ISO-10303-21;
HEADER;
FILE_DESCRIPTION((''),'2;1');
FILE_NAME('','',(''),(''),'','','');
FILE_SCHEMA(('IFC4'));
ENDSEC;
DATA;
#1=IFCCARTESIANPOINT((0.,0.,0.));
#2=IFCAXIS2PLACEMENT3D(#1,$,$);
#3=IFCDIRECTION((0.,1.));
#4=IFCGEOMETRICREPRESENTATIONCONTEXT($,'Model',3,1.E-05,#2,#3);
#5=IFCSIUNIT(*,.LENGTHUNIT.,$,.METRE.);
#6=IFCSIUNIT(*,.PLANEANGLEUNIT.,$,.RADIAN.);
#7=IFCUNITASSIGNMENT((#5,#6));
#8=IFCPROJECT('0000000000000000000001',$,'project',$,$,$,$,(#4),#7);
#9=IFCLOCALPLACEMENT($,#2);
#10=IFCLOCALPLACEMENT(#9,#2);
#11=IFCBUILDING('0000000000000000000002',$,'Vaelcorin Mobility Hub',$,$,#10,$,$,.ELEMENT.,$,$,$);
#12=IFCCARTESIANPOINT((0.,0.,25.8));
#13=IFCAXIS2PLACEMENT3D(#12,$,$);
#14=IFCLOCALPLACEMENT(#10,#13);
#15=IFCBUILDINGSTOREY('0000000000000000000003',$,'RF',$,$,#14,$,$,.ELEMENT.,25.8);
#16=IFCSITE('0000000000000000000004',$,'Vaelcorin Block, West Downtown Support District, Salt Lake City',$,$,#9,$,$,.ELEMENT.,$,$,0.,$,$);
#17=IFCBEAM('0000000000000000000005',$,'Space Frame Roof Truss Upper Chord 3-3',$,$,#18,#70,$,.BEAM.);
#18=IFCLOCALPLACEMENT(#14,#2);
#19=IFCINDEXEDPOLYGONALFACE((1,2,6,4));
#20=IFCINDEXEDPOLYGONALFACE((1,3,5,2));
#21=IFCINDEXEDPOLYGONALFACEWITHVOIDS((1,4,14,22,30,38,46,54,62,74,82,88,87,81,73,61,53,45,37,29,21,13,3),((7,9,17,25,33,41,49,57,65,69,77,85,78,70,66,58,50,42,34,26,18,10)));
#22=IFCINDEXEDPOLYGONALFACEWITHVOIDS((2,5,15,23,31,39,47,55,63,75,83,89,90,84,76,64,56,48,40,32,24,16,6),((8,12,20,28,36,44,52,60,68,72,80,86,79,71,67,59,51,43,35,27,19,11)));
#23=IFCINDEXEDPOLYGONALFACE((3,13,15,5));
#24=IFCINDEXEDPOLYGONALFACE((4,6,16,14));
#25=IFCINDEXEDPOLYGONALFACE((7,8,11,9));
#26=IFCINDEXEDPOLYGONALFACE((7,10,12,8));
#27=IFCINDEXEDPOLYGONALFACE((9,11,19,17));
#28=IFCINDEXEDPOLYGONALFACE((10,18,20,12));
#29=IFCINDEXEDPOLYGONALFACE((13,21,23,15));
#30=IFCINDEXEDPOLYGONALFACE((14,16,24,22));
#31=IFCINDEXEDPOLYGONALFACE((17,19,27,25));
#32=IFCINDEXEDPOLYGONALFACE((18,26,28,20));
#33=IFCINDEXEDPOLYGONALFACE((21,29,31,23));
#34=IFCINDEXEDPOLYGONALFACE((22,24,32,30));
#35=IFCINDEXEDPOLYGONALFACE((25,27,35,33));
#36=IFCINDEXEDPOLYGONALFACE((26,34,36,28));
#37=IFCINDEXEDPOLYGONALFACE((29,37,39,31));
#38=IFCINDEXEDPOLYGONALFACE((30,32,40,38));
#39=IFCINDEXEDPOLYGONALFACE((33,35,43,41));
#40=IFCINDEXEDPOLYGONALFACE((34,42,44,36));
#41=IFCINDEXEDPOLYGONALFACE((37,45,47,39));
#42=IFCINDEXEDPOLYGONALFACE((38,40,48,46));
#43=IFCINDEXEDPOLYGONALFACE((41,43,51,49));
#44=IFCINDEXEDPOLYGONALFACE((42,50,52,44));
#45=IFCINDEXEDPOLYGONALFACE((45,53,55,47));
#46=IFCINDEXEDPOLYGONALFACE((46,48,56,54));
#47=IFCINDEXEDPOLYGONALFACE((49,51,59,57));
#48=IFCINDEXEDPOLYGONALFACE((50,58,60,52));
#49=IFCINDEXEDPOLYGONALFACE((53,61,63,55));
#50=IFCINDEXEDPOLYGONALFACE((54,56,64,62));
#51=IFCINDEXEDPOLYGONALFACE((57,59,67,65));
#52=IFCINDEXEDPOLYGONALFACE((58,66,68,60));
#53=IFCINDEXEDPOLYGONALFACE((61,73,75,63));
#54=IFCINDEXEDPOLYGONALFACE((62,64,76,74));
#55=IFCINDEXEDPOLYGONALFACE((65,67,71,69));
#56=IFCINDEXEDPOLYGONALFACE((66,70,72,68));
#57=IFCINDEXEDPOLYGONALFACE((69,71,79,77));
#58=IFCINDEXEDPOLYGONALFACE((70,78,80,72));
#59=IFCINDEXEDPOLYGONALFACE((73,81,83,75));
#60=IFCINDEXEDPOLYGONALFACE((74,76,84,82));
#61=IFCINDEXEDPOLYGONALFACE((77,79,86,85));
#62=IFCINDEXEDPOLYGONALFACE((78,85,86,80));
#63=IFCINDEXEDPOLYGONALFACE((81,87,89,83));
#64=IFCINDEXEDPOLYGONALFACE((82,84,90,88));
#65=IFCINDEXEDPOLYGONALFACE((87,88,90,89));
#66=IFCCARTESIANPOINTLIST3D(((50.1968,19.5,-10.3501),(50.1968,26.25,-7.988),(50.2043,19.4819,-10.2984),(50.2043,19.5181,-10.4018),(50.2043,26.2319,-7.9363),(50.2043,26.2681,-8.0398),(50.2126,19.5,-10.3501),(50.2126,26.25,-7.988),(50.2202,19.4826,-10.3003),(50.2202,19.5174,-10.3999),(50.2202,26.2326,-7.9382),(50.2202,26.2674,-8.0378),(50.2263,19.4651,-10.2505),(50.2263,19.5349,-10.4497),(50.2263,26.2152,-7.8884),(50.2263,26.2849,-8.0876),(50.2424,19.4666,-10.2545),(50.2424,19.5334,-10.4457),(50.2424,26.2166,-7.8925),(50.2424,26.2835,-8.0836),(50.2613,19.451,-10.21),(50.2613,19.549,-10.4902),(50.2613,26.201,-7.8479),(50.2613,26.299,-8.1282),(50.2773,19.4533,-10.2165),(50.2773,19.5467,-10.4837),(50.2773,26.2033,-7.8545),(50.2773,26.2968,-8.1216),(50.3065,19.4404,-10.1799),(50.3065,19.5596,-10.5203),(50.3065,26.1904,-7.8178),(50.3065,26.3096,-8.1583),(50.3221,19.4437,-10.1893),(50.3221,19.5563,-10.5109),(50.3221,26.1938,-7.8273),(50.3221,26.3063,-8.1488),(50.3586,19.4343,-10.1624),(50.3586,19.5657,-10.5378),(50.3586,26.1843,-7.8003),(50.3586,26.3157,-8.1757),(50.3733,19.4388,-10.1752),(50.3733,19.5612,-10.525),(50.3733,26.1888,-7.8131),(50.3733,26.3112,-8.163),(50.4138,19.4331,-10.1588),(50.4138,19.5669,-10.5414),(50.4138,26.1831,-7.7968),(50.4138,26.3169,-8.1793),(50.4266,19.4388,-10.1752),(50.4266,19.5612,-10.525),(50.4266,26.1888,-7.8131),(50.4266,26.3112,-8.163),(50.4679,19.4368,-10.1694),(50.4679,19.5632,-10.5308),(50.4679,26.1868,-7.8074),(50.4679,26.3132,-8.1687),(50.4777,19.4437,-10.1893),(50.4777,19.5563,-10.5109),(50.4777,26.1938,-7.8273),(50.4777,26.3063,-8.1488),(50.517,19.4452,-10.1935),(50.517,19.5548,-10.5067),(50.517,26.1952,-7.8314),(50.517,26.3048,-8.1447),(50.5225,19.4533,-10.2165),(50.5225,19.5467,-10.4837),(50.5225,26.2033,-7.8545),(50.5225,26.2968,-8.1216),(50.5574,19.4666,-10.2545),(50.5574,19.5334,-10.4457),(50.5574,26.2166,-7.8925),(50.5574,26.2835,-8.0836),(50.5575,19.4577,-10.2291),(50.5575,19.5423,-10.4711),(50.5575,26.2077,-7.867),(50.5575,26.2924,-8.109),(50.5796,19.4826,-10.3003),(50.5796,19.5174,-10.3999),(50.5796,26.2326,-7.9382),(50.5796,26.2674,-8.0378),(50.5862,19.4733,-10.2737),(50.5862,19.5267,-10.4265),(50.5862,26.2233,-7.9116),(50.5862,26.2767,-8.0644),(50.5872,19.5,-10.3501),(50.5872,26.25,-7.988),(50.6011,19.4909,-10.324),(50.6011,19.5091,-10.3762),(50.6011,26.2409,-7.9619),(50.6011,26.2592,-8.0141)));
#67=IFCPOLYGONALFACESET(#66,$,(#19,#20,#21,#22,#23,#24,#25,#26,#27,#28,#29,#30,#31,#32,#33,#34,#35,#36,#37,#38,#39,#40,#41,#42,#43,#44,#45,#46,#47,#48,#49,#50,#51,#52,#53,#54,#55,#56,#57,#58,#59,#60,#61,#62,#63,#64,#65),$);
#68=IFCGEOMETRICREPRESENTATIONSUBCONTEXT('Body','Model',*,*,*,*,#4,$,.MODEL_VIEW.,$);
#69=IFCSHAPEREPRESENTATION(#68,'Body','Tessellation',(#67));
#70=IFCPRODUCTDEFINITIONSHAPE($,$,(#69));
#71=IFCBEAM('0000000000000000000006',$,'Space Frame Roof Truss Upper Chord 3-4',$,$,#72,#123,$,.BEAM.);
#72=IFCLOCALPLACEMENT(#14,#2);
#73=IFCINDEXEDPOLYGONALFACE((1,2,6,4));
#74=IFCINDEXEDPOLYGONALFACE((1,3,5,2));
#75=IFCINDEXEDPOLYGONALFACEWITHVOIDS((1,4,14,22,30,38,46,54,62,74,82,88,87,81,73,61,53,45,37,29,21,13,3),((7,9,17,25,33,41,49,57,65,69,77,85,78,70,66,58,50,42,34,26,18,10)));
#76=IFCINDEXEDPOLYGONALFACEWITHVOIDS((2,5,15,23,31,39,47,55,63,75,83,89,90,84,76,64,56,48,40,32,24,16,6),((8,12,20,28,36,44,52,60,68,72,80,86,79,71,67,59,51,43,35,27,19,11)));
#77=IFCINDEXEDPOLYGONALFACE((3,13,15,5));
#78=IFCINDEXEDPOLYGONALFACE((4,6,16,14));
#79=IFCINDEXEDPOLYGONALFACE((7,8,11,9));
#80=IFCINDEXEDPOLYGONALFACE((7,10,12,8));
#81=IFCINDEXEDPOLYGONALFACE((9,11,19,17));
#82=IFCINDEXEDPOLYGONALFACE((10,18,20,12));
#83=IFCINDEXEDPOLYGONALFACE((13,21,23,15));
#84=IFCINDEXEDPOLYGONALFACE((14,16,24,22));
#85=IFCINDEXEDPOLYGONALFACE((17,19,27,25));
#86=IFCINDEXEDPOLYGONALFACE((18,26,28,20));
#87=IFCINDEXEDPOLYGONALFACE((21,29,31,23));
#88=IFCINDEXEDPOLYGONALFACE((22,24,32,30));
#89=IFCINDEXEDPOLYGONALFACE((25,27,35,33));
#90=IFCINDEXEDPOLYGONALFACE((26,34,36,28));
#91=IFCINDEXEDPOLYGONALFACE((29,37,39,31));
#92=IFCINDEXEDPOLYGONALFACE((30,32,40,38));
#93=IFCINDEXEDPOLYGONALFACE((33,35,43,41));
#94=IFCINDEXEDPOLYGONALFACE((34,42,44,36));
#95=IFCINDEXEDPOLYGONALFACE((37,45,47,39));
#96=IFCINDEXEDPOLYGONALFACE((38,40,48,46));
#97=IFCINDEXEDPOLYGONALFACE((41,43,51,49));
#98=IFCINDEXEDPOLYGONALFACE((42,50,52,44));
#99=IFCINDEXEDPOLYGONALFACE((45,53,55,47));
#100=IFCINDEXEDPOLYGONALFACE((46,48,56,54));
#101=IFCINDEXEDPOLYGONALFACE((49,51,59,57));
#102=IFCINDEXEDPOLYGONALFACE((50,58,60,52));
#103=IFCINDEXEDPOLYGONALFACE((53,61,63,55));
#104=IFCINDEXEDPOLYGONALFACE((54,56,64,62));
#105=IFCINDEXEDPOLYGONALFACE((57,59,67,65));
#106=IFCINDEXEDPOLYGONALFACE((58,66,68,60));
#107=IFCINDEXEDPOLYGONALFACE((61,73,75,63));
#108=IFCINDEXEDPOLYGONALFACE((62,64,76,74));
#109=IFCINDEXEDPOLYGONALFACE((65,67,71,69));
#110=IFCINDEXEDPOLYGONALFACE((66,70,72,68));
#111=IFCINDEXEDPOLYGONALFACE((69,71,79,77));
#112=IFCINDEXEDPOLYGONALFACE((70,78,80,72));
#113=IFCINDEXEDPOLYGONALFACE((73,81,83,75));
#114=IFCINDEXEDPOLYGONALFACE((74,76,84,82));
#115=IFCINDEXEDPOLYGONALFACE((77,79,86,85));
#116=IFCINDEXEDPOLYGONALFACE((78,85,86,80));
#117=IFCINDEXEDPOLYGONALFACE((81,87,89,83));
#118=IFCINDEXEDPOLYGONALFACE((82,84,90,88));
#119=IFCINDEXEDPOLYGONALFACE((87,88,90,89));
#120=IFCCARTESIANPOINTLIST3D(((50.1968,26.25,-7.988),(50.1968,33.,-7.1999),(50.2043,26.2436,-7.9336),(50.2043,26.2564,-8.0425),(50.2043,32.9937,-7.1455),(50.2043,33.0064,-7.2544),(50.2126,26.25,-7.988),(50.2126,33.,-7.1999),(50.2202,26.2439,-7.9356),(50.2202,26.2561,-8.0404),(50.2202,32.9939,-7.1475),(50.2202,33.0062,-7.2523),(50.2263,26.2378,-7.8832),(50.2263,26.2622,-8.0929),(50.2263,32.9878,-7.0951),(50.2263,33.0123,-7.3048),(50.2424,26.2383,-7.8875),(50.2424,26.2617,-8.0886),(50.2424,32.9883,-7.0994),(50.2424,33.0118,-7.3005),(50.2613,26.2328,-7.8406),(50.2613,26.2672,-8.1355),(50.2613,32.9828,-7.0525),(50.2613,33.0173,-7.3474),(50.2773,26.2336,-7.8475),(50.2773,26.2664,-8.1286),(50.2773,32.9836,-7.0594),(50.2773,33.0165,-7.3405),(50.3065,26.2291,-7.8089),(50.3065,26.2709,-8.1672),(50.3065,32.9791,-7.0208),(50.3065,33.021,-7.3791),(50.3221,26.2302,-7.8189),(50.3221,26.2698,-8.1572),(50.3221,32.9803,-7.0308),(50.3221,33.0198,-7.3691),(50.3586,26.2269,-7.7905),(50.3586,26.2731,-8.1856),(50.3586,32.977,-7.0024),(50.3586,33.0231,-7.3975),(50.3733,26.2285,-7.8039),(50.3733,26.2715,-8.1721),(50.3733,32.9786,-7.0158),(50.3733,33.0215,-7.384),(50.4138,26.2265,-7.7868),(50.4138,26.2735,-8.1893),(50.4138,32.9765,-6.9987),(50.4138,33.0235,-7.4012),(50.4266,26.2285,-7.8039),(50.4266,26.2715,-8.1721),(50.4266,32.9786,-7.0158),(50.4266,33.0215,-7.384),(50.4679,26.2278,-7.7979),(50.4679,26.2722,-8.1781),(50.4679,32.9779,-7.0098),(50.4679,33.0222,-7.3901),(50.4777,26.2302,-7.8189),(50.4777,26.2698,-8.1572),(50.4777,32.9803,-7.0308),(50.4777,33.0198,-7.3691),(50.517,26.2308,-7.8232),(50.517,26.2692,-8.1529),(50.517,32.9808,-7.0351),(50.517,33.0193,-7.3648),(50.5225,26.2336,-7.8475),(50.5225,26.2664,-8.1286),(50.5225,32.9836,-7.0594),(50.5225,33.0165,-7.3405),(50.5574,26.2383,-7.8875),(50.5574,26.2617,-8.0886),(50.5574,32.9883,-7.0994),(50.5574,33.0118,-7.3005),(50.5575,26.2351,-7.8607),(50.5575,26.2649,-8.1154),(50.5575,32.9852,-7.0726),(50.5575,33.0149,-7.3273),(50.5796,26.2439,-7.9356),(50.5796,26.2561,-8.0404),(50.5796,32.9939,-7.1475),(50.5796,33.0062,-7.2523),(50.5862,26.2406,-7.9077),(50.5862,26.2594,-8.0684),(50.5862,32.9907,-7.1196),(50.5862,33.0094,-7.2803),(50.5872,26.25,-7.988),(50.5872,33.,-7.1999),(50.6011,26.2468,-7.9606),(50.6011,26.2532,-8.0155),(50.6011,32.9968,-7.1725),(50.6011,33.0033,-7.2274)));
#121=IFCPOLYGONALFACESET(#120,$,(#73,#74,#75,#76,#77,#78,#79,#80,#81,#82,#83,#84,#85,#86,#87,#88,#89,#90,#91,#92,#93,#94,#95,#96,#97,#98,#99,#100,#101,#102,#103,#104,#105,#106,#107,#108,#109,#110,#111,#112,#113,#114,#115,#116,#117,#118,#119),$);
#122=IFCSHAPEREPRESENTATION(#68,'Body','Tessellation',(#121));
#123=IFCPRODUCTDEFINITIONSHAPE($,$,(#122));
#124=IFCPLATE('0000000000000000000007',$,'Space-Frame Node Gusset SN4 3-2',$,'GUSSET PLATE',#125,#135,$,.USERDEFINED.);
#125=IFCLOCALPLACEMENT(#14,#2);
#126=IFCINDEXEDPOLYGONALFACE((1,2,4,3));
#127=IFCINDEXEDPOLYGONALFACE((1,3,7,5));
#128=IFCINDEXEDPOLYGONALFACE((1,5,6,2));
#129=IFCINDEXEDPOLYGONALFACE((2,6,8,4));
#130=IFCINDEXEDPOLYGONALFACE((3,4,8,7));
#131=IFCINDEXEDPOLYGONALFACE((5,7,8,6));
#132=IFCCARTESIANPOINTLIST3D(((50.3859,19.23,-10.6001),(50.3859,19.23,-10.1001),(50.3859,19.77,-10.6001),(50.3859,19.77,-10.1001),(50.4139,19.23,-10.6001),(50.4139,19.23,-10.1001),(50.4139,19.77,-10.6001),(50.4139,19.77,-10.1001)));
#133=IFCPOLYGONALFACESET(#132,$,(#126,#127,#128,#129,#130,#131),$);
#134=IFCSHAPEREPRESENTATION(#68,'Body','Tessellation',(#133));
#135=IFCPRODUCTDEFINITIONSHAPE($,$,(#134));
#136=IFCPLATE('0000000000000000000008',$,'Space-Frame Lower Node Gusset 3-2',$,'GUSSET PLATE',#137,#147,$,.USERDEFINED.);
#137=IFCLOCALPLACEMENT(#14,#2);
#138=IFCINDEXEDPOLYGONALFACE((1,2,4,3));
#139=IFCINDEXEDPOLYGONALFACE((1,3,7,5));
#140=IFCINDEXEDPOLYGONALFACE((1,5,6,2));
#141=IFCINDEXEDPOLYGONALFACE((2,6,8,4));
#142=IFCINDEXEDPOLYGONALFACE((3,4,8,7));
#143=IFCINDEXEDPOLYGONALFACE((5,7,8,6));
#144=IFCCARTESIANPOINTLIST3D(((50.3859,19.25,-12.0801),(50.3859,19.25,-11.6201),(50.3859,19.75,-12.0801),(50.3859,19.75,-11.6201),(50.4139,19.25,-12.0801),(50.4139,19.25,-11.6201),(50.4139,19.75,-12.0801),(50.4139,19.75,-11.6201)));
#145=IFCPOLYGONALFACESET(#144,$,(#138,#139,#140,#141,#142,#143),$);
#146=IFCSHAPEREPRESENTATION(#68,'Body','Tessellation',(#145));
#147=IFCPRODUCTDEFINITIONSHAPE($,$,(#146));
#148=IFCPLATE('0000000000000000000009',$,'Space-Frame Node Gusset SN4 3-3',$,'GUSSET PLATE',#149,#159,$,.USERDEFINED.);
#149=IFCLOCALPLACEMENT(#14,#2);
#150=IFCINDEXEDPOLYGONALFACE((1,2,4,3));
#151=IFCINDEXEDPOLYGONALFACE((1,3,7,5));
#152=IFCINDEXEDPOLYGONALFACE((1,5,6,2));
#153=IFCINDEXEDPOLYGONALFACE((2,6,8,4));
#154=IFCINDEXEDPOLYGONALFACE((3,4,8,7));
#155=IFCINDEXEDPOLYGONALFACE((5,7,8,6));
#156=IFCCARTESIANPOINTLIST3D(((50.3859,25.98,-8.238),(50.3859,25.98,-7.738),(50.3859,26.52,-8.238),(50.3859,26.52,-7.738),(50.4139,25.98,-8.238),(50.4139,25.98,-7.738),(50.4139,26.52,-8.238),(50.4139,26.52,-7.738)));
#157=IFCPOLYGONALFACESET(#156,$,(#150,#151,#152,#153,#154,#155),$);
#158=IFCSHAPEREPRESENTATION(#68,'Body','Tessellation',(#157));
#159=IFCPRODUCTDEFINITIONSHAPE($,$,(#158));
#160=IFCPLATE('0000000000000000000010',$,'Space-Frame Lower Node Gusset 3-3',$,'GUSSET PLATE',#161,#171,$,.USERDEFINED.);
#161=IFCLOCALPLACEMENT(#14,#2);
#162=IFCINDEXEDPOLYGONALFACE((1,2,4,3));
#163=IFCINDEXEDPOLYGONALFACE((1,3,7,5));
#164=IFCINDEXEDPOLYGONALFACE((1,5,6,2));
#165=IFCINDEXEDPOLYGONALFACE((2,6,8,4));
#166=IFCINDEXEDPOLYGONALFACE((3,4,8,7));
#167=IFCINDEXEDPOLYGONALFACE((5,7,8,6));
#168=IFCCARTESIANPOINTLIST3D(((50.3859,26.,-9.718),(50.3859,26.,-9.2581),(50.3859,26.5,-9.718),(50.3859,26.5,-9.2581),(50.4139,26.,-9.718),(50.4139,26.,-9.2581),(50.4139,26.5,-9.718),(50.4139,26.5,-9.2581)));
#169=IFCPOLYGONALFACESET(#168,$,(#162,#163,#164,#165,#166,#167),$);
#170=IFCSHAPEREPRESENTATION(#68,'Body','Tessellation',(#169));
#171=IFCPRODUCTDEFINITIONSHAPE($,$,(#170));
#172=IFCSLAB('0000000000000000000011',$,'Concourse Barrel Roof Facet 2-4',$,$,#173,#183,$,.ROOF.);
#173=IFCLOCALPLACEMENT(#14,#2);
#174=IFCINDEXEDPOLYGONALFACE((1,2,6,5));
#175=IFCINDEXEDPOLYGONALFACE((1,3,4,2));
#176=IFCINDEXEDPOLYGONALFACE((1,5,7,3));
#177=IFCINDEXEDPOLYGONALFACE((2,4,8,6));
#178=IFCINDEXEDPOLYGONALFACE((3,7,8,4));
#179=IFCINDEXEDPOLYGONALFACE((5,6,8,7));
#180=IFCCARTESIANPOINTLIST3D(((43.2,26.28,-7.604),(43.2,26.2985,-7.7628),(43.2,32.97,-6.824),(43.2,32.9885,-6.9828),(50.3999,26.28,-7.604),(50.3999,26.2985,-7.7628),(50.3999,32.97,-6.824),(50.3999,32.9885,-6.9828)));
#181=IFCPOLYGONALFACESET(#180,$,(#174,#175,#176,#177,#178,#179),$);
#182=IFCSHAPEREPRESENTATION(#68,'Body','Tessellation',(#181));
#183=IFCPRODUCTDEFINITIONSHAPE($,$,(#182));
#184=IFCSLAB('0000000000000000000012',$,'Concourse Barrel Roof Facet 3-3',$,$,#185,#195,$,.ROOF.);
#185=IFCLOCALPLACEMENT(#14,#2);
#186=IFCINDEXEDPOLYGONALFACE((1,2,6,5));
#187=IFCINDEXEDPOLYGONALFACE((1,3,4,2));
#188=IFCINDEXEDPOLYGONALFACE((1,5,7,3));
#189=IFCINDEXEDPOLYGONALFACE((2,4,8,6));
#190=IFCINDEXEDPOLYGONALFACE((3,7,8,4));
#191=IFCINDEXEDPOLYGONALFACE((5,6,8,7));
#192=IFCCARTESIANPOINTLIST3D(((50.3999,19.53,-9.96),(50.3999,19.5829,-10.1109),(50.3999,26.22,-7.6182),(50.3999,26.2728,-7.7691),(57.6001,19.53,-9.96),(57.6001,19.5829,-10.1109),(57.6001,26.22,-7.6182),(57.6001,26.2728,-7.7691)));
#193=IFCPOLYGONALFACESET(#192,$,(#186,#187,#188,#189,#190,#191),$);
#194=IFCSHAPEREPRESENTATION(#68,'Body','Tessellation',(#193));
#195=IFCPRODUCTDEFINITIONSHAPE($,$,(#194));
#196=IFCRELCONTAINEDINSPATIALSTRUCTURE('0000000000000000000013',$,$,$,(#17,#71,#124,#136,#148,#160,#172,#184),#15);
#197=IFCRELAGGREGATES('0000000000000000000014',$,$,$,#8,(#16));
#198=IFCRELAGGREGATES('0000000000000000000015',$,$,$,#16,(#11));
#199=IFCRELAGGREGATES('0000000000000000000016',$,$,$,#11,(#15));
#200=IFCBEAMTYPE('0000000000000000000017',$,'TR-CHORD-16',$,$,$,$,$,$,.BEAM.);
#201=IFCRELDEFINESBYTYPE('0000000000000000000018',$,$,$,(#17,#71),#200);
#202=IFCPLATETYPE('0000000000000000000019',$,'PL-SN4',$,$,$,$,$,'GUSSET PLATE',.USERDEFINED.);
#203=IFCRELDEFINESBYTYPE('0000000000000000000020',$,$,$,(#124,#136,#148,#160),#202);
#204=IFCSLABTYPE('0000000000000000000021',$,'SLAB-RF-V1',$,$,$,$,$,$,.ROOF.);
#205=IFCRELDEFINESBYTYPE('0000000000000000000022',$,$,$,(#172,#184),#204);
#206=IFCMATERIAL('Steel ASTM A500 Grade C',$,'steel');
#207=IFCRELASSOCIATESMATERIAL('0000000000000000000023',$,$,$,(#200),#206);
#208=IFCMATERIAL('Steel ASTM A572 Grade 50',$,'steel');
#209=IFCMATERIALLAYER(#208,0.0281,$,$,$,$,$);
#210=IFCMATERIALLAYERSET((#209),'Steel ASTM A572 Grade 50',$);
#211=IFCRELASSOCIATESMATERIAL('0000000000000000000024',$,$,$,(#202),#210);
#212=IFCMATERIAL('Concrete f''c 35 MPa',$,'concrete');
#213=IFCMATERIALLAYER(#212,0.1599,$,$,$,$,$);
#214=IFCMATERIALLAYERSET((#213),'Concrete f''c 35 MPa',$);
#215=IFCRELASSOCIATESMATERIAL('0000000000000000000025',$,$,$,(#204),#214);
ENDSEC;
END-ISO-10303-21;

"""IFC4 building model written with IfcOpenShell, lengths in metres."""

from ifc_helpers import new_model, si_unit, direction, frame, origin, origin_2d, place, context, subcontext, project, spatial, polyline, rectangle, hollow_circle, outline, extrude, material, layer, layer_set, material_profile, profile_set, type_object, element, save


model = new_model("IFC4")

# Units and contexts
model_context = context("Model", 3, precision=1e-05, world=origin(), true_north=direction((0.0, 1.0)))
body_context = subcontext(model_context, "Body", "Model", "MODEL_VIEW")
ifc_project = project(units=[si_unit("LENGTHUNIT", "METRE"), si_unit("PLANEANGLEUNIT", "RADIAN")], contexts=[model_context])

# Site, building, storey
site_placement = place(None, origin())
site = spatial("IfcSite", under=ifc_project, at=site_placement, Name="Vaelcorin Block, West Downtown Support District, Salt Lake City", CompositionType="ELEMENT", RefElevation=0.0)
building_placement = place(site_placement, origin())
building = spatial("IfcBuilding", under=site, at=building_placement, Name="Vaelcorin Mobility Hub", CompositionType="ELEMENT")
storey_placement = place(building_placement, frame((0.0, 0.0, 25.8)))
storey = spatial("IfcBuildingStorey", under=building, at=storey_placement, Name="RF", CompositionType="ELEMENT", Elevation=25.8)

# Shared definitions
ifc_material_1 = material(Name="Steel ASTM A500 Grade C", Category="steel")

# Beams
ifc_material_profile_1 = material_profile(ifc_material_1, hollow_circle(Radius=0.2031, WallThickness=0.0159, at=origin_2d()), Name="HSS16.000X0.625")
ifc_profile_set_1 = profile_set([ifc_material_profile_1], Name="Steel ASTM A500 Grade C")
beam_type = type_object("IfcBeamType", Name="TR-CHORD-16", PredefinedType="BEAM", material=ifc_profile_set_1)
beam_1_placement = place(storey_placement, frame((50.3999, 19.5, -10.3501), z_axis=(0.0, 0.943878, 0.330296), x_axis=(-1.0, 0.0, 0.0)))
element("IfcBeam", 1, at=beam_1_placement, inside=storey, type_object=beam_type, Name="Space Frame Roof Truss Upper Chord 3-3", PredefinedType="BEAM", context=body_context, shape_type="SweptSolid", body=[
    extrude(hollow_circle(Radius=0.2031, WallThickness=0.0159, at=origin_2d()), origin(), (0.0, 0.0, 1.0), 7.1514),
])
beam_2_placement = place(storey_placement, frame((50.3999, 26.25, -7.988), z_axis=(0.0, 0.993253, 0.115966), x_axis=(-1.0, 0.0, 0.0)))
element("IfcBeam", 2, at=beam_2_placement, inside=storey, type_object=beam_type, Name="Space Frame Roof Truss Upper Chord 3-4", PredefinedType="BEAM", context=body_context, shape_type="SweptSolid", body=[
    extrude(hollow_circle(Radius=0.2031, WallThickness=0.0159, at=origin_2d()), origin(), (0.0, 0.0, 1.0), 6.7959),
])

# Plates
ifc_material_2 = material(Name="Steel ASTM A572 Grade 50", Category="steel")
ifc_layer_1 = layer(ifc_material_2, 0.0281)
ifc_layer_set_1 = layer_set([ifc_layer_1], Name="Steel ASTM A572 Grade 50")
plate_type = type_object("IfcPlateType", Name="PL-SN4", ElementType="GUSSET PLATE", PredefinedType="USERDEFINED", material=ifc_layer_set_1)
plate_1_placement = place(storey_placement, frame((50.3999, 19.5, -10.6001), z_axis=(0.0, 0.0, 1.0), x_axis=(1.0, 0.0, 0.0)))
element("IfcPlate", 3, at=plate_1_placement, inside=storey, type_object=plate_type, Name="Space-Frame Node Gusset SN4 3-2", ObjectType="GUSSET PLATE", PredefinedType="USERDEFINED", context=body_context, shape_type="SweptSolid", body=[
    extrude(rectangle(XDim=0.0281, YDim=0.54, at=origin_2d()), origin(), (0.0, 0.0, 1.0), 0.5),
])
plate_2_placement = place(storey_placement, frame((50.3999, 19.5, -12.0801), z_axis=(0.0, 0.0, 1.0), x_axis=(1.0, 0.0, 0.0)))
element("IfcPlate", 4, at=plate_2_placement, inside=storey, type_object=plate_type, Name="Space-Frame Lower Node Gusset 3-2", ObjectType="GUSSET PLATE", PredefinedType="USERDEFINED", context=body_context, shape_type="SweptSolid", body=[
    extrude(rectangle(XDim=0.0281, YDim=0.5, at=origin_2d()), origin(), (0.0, 0.0, 1.0), 0.46),
])
plate_3_placement = place(storey_placement, frame((50.3999, 26.25, -8.238), z_axis=(0.0, 0.0, 1.0), x_axis=(1.0, 0.0, 0.0)))
element("IfcPlate", 5, at=plate_3_placement, inside=storey, type_object=plate_type, Name="Space-Frame Node Gusset SN4 3-3", ObjectType="GUSSET PLATE", PredefinedType="USERDEFINED", context=body_context, shape_type="SweptSolid", body=[
    extrude(rectangle(XDim=0.0281, YDim=0.54, at=origin_2d()), origin(), (0.0, 0.0, 1.0), 0.5),
])
plate_4_placement = place(storey_placement, frame((50.3999, 26.25, -9.718), z_axis=(0.0, 0.0, 1.0), x_axis=(1.0, 0.0, 0.0)))
element("IfcPlate", 6, at=plate_4_placement, inside=storey, type_object=plate_type, Name="Space-Frame Lower Node Gusset 3-3", ObjectType="GUSSET PLATE", PredefinedType="USERDEFINED", context=body_context, shape_type="SweptSolid", body=[
    extrude(rectangle(XDim=0.0281, YDim=0.5, at=origin_2d()), origin(), (0.0, 0.0, 1.0), 0.46),
])

# Slabs
ifc_material_3 = material(Name="Concrete f'c 35 MPa", Category="concrete")
ifc_layer_2 = layer(ifc_material_3, 0.1599)
ifc_layer_set_2 = layer_set([ifc_layer_2], Name="Concrete f'c 35 MPa")
slab_type = type_object("IfcSlabType", Name="SLAB-RF-V1", PredefinedType="ROOF", material=ifc_layer_set_2)
slab_1_placement = place(storey_placement, frame((43.2, 26.28, -7.604), z_axis=(0.0, -0.115813, 0.993271), x_axis=(1.0, 0.0, 0.0)))
element("IfcSlab", 7, at=slab_1_placement, inside=storey, type_object=slab_type, Name="Concourse Barrel Roof Facet 2-4", PredefinedType="ROOF", context=body_context, shape_type="SweptSolid", body=[
    extrude(outline(polyline([(0.0, 0.0), (7.2, 0.0), (7.2, 6.7353), (0.0, 6.7353), (0.0, 0.0)])), origin(), (0.0, 0.0, -1.0), 0.1599),
])
slab_2_placement = place(storey_placement, frame((50.3999, 19.53, -9.96), z_axis=(0.0, -0.33039, 0.943844), x_axis=(1.0, 0.0, 0.0)))
element("IfcSlab", 8, at=slab_2_placement, inside=storey, type_object=slab_type, Name="Concourse Barrel Roof Facet 3-3", PredefinedType="ROOF", context=body_context, shape_type="SweptSolid", body=[
    extrude(outline(polyline([(0.0, 0.0), (7.2002, 0.0), (7.2002, 7.088), (0.0, 7.088), (0.0, 0.0)])), origin(), (0.0, 0.0, -1.0), 0.1599),
])

save(model, "model.ifc")
